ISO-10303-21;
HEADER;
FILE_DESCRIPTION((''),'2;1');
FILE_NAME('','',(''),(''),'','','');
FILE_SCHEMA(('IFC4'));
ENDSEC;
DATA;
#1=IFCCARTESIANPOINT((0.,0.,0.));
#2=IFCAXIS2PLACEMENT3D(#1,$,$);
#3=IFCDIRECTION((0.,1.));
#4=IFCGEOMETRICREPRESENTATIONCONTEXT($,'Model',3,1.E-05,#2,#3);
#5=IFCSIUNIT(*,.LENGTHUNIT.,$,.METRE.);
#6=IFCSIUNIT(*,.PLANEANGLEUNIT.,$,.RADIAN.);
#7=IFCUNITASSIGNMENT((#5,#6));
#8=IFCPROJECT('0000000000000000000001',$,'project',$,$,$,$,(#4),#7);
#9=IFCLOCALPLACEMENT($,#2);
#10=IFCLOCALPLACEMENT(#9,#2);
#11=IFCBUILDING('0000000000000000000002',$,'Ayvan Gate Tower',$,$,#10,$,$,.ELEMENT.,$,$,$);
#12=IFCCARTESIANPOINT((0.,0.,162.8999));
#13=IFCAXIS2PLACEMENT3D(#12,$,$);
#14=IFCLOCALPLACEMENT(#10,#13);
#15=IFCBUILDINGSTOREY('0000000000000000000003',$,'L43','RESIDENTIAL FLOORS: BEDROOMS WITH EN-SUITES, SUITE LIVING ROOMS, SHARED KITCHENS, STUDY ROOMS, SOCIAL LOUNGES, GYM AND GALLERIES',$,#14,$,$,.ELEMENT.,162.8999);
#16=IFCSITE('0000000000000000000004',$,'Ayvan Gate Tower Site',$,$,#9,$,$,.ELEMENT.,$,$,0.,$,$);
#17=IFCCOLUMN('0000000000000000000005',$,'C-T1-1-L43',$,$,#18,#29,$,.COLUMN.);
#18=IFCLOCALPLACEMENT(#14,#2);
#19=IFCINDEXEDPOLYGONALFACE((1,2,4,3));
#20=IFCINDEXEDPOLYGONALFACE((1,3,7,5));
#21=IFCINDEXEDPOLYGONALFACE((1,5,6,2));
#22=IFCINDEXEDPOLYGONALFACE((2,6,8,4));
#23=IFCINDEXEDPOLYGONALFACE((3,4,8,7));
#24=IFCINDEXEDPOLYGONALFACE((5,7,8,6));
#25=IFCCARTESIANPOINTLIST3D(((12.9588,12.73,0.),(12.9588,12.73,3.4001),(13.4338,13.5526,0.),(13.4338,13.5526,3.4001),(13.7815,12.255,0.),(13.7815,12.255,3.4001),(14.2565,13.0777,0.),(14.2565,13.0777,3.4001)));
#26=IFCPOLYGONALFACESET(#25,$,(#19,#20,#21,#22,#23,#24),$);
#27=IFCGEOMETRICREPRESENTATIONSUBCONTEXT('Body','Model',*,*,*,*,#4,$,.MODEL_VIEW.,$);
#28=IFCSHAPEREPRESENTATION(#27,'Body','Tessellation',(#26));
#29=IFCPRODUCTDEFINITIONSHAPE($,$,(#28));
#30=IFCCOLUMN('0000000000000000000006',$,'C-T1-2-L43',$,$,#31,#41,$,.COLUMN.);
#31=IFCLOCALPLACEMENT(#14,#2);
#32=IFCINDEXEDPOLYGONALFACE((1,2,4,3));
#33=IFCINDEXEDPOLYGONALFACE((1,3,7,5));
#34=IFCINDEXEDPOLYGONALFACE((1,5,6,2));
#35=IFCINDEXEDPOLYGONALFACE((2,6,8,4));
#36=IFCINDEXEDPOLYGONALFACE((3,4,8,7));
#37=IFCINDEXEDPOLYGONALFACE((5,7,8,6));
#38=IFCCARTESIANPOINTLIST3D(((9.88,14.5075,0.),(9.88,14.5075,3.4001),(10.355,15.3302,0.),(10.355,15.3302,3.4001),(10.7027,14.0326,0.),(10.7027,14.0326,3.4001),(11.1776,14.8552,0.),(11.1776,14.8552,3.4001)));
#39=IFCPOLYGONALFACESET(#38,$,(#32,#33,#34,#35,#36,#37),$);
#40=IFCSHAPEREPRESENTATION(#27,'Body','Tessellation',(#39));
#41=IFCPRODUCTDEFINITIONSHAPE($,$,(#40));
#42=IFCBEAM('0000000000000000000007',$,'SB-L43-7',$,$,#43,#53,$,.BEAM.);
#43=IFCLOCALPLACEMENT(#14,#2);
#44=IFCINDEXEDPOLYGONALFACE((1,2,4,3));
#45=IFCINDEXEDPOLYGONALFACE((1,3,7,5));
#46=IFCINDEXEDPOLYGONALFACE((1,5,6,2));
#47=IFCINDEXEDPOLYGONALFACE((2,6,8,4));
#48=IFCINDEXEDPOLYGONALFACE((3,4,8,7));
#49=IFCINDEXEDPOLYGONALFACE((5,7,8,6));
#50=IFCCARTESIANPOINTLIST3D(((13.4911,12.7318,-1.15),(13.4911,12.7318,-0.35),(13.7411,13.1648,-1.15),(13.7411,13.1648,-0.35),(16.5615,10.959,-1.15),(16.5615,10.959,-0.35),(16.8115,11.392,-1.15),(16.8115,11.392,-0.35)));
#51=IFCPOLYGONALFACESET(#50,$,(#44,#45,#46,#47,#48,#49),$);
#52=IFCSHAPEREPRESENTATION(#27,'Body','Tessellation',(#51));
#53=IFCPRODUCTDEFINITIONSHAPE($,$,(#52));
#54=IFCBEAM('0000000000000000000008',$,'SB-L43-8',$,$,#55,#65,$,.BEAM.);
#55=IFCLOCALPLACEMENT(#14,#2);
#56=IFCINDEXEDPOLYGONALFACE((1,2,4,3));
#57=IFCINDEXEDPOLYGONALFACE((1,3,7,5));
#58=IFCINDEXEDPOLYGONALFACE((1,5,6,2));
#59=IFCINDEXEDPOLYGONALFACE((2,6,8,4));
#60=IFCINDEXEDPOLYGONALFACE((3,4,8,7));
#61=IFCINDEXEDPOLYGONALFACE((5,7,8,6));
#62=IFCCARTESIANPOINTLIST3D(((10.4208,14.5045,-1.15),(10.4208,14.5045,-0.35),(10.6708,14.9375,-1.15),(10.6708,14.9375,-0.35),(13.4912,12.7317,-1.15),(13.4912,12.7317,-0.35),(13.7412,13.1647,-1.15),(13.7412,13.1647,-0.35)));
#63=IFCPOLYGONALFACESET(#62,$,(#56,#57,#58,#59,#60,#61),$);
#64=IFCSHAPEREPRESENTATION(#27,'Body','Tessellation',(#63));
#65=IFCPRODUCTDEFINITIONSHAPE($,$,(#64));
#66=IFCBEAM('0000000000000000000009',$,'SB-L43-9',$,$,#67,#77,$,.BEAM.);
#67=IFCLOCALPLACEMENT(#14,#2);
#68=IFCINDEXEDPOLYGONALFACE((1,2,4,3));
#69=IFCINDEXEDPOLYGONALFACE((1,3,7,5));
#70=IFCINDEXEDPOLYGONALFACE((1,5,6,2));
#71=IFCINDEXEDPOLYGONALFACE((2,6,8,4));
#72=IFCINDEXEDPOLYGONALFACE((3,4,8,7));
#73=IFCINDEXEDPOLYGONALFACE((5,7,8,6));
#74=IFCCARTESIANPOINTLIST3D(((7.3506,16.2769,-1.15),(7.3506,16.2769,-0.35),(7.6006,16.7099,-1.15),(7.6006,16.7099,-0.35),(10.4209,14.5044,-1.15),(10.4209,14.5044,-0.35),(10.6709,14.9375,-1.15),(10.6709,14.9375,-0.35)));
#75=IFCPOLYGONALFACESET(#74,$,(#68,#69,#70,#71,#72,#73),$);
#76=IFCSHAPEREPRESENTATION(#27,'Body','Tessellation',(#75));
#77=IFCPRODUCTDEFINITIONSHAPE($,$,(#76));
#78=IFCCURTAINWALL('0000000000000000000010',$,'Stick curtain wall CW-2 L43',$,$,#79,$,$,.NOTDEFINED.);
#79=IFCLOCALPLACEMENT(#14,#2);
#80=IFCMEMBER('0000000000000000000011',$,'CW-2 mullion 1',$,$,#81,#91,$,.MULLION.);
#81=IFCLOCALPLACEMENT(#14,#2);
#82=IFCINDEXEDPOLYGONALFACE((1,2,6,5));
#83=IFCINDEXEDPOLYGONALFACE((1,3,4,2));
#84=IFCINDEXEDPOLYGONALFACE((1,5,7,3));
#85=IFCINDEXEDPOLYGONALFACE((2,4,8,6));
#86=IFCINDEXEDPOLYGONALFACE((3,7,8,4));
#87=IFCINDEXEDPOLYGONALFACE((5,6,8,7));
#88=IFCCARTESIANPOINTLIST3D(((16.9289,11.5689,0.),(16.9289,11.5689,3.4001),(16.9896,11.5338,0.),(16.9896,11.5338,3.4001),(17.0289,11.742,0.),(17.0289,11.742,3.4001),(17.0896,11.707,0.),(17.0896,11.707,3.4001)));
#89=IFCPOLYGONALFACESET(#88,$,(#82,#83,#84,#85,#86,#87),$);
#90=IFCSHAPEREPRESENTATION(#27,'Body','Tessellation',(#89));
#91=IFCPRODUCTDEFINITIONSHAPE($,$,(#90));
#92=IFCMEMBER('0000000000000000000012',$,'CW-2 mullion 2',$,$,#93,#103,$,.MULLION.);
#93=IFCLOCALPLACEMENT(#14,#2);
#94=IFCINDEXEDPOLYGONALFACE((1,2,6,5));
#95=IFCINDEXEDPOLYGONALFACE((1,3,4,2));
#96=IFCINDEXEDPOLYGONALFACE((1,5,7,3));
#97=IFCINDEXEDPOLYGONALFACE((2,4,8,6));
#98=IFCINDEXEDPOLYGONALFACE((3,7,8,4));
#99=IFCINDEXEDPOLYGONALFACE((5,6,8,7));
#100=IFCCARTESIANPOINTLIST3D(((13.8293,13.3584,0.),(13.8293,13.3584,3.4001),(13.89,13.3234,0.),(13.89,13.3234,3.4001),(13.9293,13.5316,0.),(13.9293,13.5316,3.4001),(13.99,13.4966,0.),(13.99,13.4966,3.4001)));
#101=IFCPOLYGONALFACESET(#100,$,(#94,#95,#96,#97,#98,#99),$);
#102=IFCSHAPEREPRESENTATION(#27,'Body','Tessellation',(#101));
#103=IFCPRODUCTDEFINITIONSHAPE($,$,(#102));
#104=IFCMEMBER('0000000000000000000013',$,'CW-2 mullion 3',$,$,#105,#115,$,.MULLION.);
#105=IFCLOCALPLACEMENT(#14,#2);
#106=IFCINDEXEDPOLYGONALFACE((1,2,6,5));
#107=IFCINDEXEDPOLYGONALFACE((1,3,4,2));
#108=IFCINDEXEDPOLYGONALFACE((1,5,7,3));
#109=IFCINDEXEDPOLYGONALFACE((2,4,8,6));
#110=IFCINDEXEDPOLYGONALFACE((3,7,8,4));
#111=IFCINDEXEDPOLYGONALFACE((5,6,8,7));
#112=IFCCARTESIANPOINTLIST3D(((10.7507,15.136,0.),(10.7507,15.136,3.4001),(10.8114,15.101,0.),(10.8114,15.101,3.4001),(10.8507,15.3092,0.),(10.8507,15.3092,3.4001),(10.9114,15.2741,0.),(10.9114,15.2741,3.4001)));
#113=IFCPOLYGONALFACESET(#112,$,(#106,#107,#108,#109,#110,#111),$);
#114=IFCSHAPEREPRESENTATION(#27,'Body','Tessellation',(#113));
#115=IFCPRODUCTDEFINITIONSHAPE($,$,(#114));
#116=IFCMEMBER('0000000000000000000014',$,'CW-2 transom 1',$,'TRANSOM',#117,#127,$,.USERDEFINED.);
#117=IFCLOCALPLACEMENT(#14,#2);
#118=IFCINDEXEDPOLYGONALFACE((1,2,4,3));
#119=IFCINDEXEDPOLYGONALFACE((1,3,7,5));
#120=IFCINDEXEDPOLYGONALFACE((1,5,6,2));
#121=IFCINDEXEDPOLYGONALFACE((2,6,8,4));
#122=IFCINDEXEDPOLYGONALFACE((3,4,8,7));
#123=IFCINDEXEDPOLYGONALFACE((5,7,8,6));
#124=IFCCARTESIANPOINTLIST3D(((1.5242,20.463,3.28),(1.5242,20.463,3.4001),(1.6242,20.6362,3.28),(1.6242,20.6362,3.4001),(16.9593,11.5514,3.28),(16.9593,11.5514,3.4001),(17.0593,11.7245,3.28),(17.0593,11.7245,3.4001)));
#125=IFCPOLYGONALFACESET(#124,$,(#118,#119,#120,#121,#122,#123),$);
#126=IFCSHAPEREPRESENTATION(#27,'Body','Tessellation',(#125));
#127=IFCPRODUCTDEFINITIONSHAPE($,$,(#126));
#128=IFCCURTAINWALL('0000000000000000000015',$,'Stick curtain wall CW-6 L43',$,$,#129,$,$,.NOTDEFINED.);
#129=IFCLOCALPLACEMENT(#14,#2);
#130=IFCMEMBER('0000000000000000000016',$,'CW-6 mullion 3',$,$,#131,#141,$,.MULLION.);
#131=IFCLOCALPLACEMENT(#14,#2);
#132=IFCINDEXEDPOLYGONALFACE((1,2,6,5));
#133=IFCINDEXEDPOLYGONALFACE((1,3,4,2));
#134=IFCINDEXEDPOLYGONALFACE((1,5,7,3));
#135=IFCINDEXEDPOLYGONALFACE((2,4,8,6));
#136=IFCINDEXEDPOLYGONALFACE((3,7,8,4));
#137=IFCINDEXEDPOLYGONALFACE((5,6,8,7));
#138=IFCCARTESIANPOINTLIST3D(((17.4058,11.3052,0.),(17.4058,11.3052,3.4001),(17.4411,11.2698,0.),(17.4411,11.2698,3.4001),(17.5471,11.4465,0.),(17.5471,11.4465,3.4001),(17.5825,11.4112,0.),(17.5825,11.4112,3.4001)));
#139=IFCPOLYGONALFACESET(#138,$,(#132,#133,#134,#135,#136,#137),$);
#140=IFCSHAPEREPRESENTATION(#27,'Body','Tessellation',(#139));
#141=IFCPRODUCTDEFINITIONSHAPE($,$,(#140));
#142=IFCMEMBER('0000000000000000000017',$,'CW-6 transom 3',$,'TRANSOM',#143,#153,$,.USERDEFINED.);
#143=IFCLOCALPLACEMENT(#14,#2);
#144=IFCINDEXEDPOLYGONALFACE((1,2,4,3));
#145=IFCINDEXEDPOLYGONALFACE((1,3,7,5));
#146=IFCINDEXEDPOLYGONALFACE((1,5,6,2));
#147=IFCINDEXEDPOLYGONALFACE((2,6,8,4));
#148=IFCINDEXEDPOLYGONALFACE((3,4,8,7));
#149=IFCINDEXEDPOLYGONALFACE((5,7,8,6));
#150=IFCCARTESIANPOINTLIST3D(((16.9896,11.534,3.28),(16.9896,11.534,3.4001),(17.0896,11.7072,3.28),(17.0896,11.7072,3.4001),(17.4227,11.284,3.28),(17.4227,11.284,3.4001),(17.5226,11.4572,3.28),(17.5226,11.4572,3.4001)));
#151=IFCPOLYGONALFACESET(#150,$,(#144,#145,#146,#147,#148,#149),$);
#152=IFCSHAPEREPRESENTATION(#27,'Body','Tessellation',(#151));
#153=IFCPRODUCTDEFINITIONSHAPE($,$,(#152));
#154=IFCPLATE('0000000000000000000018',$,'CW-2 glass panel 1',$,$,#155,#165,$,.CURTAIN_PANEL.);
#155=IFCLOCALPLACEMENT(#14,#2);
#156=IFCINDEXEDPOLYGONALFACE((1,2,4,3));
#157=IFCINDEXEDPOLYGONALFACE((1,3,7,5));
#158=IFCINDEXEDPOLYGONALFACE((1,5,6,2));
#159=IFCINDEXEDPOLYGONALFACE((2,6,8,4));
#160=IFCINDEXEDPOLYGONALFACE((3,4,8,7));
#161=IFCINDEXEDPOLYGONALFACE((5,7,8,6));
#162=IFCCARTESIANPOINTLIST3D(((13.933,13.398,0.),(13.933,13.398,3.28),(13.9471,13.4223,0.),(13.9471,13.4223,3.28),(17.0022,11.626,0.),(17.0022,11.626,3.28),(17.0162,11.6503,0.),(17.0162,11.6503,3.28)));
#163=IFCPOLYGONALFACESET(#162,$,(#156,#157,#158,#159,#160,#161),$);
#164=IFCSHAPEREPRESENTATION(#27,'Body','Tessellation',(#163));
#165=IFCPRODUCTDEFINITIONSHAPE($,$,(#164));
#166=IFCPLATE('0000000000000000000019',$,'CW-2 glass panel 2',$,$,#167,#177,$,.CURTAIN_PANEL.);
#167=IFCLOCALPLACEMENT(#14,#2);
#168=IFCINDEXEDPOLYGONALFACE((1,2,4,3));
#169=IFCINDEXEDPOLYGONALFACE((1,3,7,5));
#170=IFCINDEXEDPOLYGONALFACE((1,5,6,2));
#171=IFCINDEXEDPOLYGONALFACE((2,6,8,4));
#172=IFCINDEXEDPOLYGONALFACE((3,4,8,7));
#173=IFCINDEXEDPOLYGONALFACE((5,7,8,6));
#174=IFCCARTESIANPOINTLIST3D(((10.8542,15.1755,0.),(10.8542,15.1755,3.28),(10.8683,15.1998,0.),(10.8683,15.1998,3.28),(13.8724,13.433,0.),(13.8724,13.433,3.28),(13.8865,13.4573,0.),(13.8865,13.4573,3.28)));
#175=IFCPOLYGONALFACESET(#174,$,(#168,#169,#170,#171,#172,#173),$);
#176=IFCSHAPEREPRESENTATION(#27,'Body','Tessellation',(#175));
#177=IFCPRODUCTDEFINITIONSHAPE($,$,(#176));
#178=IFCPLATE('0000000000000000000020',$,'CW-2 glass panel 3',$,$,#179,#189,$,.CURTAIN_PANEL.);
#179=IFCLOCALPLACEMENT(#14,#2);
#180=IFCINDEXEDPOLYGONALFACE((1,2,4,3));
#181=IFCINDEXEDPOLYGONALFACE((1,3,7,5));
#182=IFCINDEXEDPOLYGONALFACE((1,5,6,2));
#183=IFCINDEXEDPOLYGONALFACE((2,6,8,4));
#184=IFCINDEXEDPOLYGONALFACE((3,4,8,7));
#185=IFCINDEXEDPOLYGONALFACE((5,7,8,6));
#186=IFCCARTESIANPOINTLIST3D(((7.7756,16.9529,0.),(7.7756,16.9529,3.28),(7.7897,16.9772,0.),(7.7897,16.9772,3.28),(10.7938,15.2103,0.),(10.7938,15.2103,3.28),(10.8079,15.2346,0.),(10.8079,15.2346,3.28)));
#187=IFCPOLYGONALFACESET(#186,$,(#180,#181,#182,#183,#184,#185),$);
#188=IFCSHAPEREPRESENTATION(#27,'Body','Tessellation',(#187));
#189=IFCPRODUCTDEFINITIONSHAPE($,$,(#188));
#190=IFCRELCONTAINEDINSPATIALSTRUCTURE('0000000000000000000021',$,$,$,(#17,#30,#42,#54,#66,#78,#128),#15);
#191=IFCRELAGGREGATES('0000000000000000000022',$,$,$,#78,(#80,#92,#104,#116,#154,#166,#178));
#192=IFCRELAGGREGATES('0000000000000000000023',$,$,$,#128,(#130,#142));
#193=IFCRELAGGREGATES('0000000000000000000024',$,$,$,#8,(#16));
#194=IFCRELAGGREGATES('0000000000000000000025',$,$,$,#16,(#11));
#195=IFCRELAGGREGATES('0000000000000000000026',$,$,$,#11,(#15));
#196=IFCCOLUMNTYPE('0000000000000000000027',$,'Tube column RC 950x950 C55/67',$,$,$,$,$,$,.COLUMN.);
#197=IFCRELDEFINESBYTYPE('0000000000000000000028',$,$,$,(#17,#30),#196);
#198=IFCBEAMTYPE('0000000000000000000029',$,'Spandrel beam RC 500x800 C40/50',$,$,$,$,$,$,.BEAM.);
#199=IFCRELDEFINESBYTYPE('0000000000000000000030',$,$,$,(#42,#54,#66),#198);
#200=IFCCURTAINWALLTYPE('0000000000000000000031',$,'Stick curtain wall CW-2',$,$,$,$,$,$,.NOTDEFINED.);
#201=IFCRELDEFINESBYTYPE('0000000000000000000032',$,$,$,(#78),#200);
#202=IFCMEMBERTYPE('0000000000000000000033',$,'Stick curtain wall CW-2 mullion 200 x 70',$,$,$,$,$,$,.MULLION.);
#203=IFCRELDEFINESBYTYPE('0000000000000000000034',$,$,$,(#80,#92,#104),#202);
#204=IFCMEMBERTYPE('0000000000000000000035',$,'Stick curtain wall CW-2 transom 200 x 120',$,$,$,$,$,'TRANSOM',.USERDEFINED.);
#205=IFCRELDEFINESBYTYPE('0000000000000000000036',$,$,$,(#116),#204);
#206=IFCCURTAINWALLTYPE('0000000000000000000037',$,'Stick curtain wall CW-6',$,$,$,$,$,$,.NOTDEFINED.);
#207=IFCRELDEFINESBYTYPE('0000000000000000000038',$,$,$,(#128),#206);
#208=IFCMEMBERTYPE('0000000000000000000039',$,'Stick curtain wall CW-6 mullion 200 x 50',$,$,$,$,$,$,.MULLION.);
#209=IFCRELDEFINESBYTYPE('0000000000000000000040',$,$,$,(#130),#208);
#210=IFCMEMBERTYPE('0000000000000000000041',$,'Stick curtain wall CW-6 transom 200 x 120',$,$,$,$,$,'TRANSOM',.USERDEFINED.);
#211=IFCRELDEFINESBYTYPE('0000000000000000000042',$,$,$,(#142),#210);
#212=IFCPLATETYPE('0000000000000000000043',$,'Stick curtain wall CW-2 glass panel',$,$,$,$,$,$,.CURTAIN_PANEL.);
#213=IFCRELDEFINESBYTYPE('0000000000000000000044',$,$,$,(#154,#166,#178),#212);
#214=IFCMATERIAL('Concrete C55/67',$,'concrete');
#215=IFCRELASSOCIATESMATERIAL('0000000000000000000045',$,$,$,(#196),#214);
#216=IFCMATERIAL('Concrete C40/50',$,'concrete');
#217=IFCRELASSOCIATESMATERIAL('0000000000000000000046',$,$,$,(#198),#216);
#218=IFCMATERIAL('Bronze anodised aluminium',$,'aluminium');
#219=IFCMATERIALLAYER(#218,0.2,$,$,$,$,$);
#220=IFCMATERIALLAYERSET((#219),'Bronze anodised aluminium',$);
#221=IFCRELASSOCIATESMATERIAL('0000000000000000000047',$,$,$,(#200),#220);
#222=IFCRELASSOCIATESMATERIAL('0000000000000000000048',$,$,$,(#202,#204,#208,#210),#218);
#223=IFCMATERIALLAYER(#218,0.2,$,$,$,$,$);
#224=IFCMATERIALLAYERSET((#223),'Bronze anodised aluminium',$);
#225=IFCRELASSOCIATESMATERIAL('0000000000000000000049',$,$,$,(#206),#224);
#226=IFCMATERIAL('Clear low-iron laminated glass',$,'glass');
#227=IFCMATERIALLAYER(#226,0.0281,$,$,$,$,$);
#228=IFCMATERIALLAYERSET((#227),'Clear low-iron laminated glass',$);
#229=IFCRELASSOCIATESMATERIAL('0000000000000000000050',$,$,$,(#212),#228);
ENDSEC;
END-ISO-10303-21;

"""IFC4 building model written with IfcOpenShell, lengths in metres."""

from ifc_helpers import new_model, si_unit, direction, frame, origin, origin_2d, place, context, subcontext, project, spatial, rectangle, extrude, material, layer, layer_set, material_profile, profile_set, type_object, element, aggregate, save


model = new_model("IFC4")

# Units and contexts
model_context = context("Model", 3, precision=1e-05, world=origin(), true_north=direction((0.0, 1.0)))
body_context = subcontext(model_context, "Body", "Model", "MODEL_VIEW")
ifc_project = project(units=[si_unit("LENGTHUNIT", "METRE"), si_unit("PLANEANGLEUNIT", "RADIAN")], contexts=[model_context])

# Site, building, storey
site_placement = place(None, origin())
site = spatial("IfcSite", under=ifc_project, at=site_placement, Name="Ayvan Gate Tower Site", CompositionType="ELEMENT", RefElevation=0.0)
building_placement = place(site_placement, origin())
building = spatial("IfcBuilding", under=site, at=building_placement, Name="Ayvan Gate Tower", CompositionType="ELEMENT")
storey_placement = place(building_placement, frame((0.0, 0.0, 162.8999)))
storey = spatial("IfcBuildingStorey", under=building, at=storey_placement, Name="L43", Description="RESIDENTIAL FLOORS: BEDROOMS WITH EN-SUITES, SUITE LIVING ROOMS, SHARED KITCHENS, STUDY ROOMS, SOCIAL LOUNGES, GYM AND GALLERIES", CompositionType="ELEMENT", Elevation=162.8999)

# Columns
ifc_material_1 = material(Name="Concrete C55/67", Category="concrete")
ifc_material_profile_1 = material_profile(ifc_material_1, rectangle(XDim=0.95, YDim=0.95, at=origin_2d()), Name="RC 950x950")
ifc_profile_set_1 = profile_set([ifc_material_profile_1], Name="Concrete C55/67")
column_type = type_object("IfcColumnType", Name="Tube column RC 950x950 C55/67", PredefinedType="COLUMN", material=ifc_profile_set_1)
for number, where, z_axis, x_axis, name in (
    (1, (13.6077, 12.9038, 0.0), (0.0, 0.0, 1.0), (0.5, 0.866025, 0.0), "C-T1-1-L43"),
    (2, (10.5288, 14.6814, 0.0), (0.0, 0.0, 1.0), (0.5, 0.866025, 0.0), "C-T1-2-L43"),
):
    element("IfcColumn", number, at=place(storey_placement, frame(where, z_axis=z_axis, x_axis=x_axis)), inside=storey, type_object=column_type, Name=name, PredefinedType="COLUMN", context=body_context, shape_type="SweptSolid", body=[
        extrude(rectangle(XDim=0.95, YDim=0.95, at=origin_2d()), origin(), (0.0, 0.0, 1.0), 3.4001),
    ])

# Beams
ifc_material_2 = material(Name="Concrete C40/50", Category="concrete")
ifc_material_profile_2 = material_profile(ifc_material_2, rectangle(XDim=0.5, YDim=0.8, at=origin_2d()), Name="RC 500x800")
ifc_profile_set_2 = profile_set([ifc_material_profile_2], Name="Concrete C40/50")
beam_type = type_object("IfcBeamType", Name="Spandrel beam RC 500x800 C40/50", PredefinedType="BEAM", material=ifc_profile_set_2)
for number, where, z_axis, x_axis, name in (
    (3, (16.6865, 11.1755, -0.75), (-0.866018, 0.500013, 0.0), (-0.500013, -0.866018, 0.0), "SB-L43-7"),
    (4, (13.6162, 12.9482, -0.75), (-0.866018, 0.500013, 0.0), (-0.500013, -0.866018, 0.0), "SB-L43-8"),
):
    element("IfcBeam", number, at=place(storey_placement, frame(where, z_axis=z_axis, x_axis=x_axis)), inside=storey, type_object=beam_type, Name=name, PredefinedType="BEAM", context=body_context, shape_type="SweptSolid", body=[
        extrude(rectangle(XDim=0.5, YDim=0.8, at=origin_2d()), origin(), (0.0, 0.0, 1.0), 3.5454),
    ])
beam_placement = place(storey_placement, frame((10.5459, 14.7209, -0.75), z_axis=(-0.866048, 0.499961, 0.0), x_axis=(-0.499961, -0.866048, 0.0)))
element("IfcBeam", 5, at=beam_placement, inside=storey, type_object=beam_type, Name="SB-L43-9", PredefinedType="BEAM", context=body_context, shape_type="SweptSolid", body=[
    extrude(rectangle(XDim=0.5, YDim=0.8, at=origin_2d()), origin(), (0.0, 0.0, 1.0), 3.5452),
])

# Curtain walls, members
ifc_material_3 = material(Name="Bronze anodised aluminium", Category="aluminium")
ifc_layer_1 = layer(ifc_material_3, 0.2)
ifc_layer_set_1 = layer_set([ifc_layer_1], Name="Bronze anodised aluminium")
curtain_wall_type_1 = type_object("IfcCurtainWallType", Name="Stick curtain wall CW-2", PredefinedType="NOTDEFINED", material=ifc_layer_set_1)
curtain_wall_1_placement = place(storey_placement, origin())
curtain_wall_1 = element("IfcCurtainWall", 6, at=curtain_wall_1_placement, inside=storey, type_object=curtain_wall_type_1, Name="Stick curtain wall CW-2 L43", PredefinedType="NOTDEFINED")
ifc_material_profile_3 = material_profile(ifc_material_3, rectangle(XDim=0.2, YDim=0.0701, at=origin_2d()), Name="Stick curtain wall CW-2 mullion 200 x 70")
ifc_profile_set_3 = profile_set([ifc_material_profile_3], Name="Bronze anodised aluminium")
member_type_1 = type_object("IfcMemberType", Name="Stick curtain wall CW-2 mullion 200 x 70", PredefinedType="MULLION", material=ifc_profile_set_3)
member_1_placement = place(storey_placement, frame((17.0093, 11.6379, 0.0), z_axis=(0.0, 0.0, 1.0), x_axis=(0.5, 0.866025, 0.0)))
member_1 = element("IfcMember", 7, at=member_1_placement, type_object=member_type_1, Name="CW-2 mullion 1", PredefinedType="MULLION", context=body_context, shape_type="SweptSolid", body=[
    extrude(rectangle(XDim=0.2, YDim=0.0701, at=origin_2d()), origin(), (0.0, 0.0, 1.0), 3.4001),
])
member_2_placement = place(storey_placement, frame((13.9097, 13.4275, 0.0), z_axis=(0.0, 0.0, 1.0), x_axis=(0.5, 0.866025, 0.0)))
member_2 = element("IfcMember", 8, at=member_2_placement, type_object=member_type_1, Name="CW-2 mullion 2", PredefinedType="MULLION", context=body_context, shape_type="SweptSolid", body=[
    extrude(rectangle(XDim=0.2, YDim=0.0701, at=origin_2d()), origin(), (0.0, 0.0, 1.0), 3.4001),
])
member_3_placement = place(storey_placement, frame((10.8311, 15.2051, 0.0), z_axis=(0.0, 0.0, 1.0), x_axis=(0.5, 0.866025, 0.0)))
member_3 = element("IfcMember", 9, at=member_3_placement, type_object=member_type_1, Name="CW-2 mullion 3", PredefinedType="MULLION", context=body_context, shape_type="SweptSolid", body=[
    extrude(rectangle(XDim=0.2, YDim=0.0701, at=origin_2d()), origin(), (0.0, 0.0, 1.0), 3.4001),
])
ifc_material_profile_4 = material_profile(ifc_material_3, rectangle(XDim=0.2, YDim=0.1201, at=origin_2d()), Name="Stick curtain wall CW-2 transom 200 x 120")
ifc_profile_set_4 = profile_set([ifc_material_profile_4], Name="Bronze anodised aluminium")
member_type_2 = type_object("IfcMemberType", Name="Stick curtain wall CW-2 transom 200 x 120", ElementType="TRANSOM", PredefinedType="USERDEFINED", material=ifc_profile_set_4)
member_4_placement = place(storey_placement, frame((17.0093, 11.6379, 3.3401), z_axis=(-0.866021, 0.500008, 0.0), x_axis=(-0.500008, -0.866021, 0.0)))
member_4 = element("IfcMember", 10, at=member_4_placement, type_object=member_type_2, Name="CW-2 transom 1", ObjectType="TRANSOM", PredefinedType="USERDEFINED", context=body_context, shape_type="SweptSolid", body=[
    extrude(rectangle(XDim=0.2, YDim=0.1201, at=origin_2d()), origin(), (0.0, 0.0, 1.0), 17.823),
])
ifc_layer_2 = layer(ifc_material_3, 0.2)
ifc_layer_set_2 = layer_set([ifc_layer_2], Name="Bronze anodised aluminium")
curtain_wall_type_2 = type_object("IfcCurtainWallType", Name="Stick curtain wall CW-6", PredefinedType="NOTDEFINED", material=ifc_layer_set_2)
curtain_wall_2_placement = place(storey_placement, origin())
curtain_wall_2 = element("IfcCurtainWall", 11, at=curtain_wall_2_placement, inside=storey, type_object=curtain_wall_type_2, Name="Stick curtain wall CW-6 L43", PredefinedType="NOTDEFINED")
ifc_material_profile_5 = material_profile(ifc_material_3, rectangle(XDim=0.2, YDim=0.05, at=origin_2d()), Name="Stick curtain wall CW-6 mullion 200 x 50")
ifc_profile_set_5 = profile_set([ifc_material_profile_5], Name="Bronze anodised aluminium")
member_type_3 = type_object("IfcMemberType", Name="Stick curtain wall CW-6 mullion 200 x 50", PredefinedType="MULLION", material=ifc_profile_set_5)
member_5_placement = place(storey_placement, frame((17.4941, 11.3582, 0.0), z_axis=(0.0, 0.0, 1.0), x_axis=(0.707107, 0.707107, 0.0)))
member_5 = element("IfcMember", 12, at=member_5_placement, type_object=member_type_3, Name="CW-6 mullion 3", PredefinedType="MULLION", context=body_context, shape_type="SweptSolid", body=[
    extrude(rectangle(XDim=0.2, YDim=0.05, at=origin_2d()), origin(), (0.0, 0.0, 1.0), 3.4001),
])
ifc_material_profile_6 = material_profile(ifc_material_3, rectangle(XDim=0.2, YDim=0.1201, at=origin_2d()), Name="Stick curtain wall CW-6 transom 200 x 120")
ifc_profile_set_6 = profile_set([ifc_material_profile_6], Name="Bronze anodised aluminium")
member_type_4 = type_object("IfcMemberType", Name="Stick curtain wall CW-6 transom 200 x 120", ElementType="TRANSOM", PredefinedType="USERDEFINED", material=ifc_profile_set_6)
member_6_placement = place(storey_placement, frame((17.4727, 11.3706, 3.3401), z_axis=(-0.866072, 0.49992, 0.0), x_axis=(-0.49992, -0.866072, 0.0)))
member_6 = element("IfcMember", 13, at=member_6_placement, type_object=member_type_4, Name="CW-6 transom 3", ObjectType="TRANSOM", PredefinedType="USERDEFINED", context=body_context, shape_type="SweptSolid", body=[
    extrude(rectangle(XDim=0.2, YDim=0.1201, at=origin_2d()), origin(), (0.0, 0.0, 1.0), 0.5),
])

# Plates
ifc_material_4 = material(Name="Clear low-iron laminated glass", Category="glass")
ifc_layer_3 = layer(ifc_material_4, 0.0281)
ifc_layer_set_3 = layer_set([ifc_layer_3], Name="Clear low-iron laminated glass")
plate_type_1 = type_object("IfcPlateType", Name="Stick curtain wall CW-2 glass panel", PredefinedType="CURTAIN_PANEL", material=ifc_layer_set_3)
plate_1_placement = place(storey_placement, frame((15.4746, 12.5242, 0.0), z_axis=(0.0, 0.0, 1.0), x_axis=(-0.866025, 0.5, 0.0)))
plate_1 = element("IfcPlate", 14, at=plate_1_placement, type_object=plate_type_1, Name="CW-2 glass panel 1", PredefinedType="CURTAIN_PANEL", context=body_context, shape_type="SweptSolid", body=[
    extrude(rectangle(XDim=3.5439, YDim=0.0281, at=origin_2d()), origin(), (0.0, 0.0, 1.0), 3.28),
])
plate_2_placement = place(storey_placement, frame((12.3704, 14.3164, 0.0), z_axis=(0.0, 0.0, 1.0), x_axis=(-0.866025, 0.5, 0.0)))
plate_2 = element("IfcPlate", 15, at=plate_2_placement, type_object=plate_type_1, Name="CW-2 glass panel 2", PredefinedType="CURTAIN_PANEL", context=body_context, shape_type="SweptSolid", body=[
    extrude(rectangle(XDim=3.4851, YDim=0.0281, at=origin_2d()), origin(), (0.0, 0.0, 1.0), 3.28),
])
plate_3_placement = place(storey_placement, frame((9.2917, 16.0938, 0.0), z_axis=(0.0, 0.0, 1.0), x_axis=(-0.866025, 0.5, 0.0)))
plate_3 = element("IfcPlate", 16, at=plate_3_placement, type_object=plate_type_1, Name="CW-2 glass panel 3", PredefinedType="CURTAIN_PANEL", context=body_context, shape_type="SweptSolid", body=[
    extrude(rectangle(XDim=3.4851, YDim=0.0281, at=origin_2d()), origin(), (0.0, 0.0, 1.0), 3.28),
])
aggregate(curtain_wall_1, [member_1, member_2, member_3, member_4, plate_1, plate_2, plate_3])
aggregate(curtain_wall_2, [member_5, member_6])

save(model, "model.ifc")
